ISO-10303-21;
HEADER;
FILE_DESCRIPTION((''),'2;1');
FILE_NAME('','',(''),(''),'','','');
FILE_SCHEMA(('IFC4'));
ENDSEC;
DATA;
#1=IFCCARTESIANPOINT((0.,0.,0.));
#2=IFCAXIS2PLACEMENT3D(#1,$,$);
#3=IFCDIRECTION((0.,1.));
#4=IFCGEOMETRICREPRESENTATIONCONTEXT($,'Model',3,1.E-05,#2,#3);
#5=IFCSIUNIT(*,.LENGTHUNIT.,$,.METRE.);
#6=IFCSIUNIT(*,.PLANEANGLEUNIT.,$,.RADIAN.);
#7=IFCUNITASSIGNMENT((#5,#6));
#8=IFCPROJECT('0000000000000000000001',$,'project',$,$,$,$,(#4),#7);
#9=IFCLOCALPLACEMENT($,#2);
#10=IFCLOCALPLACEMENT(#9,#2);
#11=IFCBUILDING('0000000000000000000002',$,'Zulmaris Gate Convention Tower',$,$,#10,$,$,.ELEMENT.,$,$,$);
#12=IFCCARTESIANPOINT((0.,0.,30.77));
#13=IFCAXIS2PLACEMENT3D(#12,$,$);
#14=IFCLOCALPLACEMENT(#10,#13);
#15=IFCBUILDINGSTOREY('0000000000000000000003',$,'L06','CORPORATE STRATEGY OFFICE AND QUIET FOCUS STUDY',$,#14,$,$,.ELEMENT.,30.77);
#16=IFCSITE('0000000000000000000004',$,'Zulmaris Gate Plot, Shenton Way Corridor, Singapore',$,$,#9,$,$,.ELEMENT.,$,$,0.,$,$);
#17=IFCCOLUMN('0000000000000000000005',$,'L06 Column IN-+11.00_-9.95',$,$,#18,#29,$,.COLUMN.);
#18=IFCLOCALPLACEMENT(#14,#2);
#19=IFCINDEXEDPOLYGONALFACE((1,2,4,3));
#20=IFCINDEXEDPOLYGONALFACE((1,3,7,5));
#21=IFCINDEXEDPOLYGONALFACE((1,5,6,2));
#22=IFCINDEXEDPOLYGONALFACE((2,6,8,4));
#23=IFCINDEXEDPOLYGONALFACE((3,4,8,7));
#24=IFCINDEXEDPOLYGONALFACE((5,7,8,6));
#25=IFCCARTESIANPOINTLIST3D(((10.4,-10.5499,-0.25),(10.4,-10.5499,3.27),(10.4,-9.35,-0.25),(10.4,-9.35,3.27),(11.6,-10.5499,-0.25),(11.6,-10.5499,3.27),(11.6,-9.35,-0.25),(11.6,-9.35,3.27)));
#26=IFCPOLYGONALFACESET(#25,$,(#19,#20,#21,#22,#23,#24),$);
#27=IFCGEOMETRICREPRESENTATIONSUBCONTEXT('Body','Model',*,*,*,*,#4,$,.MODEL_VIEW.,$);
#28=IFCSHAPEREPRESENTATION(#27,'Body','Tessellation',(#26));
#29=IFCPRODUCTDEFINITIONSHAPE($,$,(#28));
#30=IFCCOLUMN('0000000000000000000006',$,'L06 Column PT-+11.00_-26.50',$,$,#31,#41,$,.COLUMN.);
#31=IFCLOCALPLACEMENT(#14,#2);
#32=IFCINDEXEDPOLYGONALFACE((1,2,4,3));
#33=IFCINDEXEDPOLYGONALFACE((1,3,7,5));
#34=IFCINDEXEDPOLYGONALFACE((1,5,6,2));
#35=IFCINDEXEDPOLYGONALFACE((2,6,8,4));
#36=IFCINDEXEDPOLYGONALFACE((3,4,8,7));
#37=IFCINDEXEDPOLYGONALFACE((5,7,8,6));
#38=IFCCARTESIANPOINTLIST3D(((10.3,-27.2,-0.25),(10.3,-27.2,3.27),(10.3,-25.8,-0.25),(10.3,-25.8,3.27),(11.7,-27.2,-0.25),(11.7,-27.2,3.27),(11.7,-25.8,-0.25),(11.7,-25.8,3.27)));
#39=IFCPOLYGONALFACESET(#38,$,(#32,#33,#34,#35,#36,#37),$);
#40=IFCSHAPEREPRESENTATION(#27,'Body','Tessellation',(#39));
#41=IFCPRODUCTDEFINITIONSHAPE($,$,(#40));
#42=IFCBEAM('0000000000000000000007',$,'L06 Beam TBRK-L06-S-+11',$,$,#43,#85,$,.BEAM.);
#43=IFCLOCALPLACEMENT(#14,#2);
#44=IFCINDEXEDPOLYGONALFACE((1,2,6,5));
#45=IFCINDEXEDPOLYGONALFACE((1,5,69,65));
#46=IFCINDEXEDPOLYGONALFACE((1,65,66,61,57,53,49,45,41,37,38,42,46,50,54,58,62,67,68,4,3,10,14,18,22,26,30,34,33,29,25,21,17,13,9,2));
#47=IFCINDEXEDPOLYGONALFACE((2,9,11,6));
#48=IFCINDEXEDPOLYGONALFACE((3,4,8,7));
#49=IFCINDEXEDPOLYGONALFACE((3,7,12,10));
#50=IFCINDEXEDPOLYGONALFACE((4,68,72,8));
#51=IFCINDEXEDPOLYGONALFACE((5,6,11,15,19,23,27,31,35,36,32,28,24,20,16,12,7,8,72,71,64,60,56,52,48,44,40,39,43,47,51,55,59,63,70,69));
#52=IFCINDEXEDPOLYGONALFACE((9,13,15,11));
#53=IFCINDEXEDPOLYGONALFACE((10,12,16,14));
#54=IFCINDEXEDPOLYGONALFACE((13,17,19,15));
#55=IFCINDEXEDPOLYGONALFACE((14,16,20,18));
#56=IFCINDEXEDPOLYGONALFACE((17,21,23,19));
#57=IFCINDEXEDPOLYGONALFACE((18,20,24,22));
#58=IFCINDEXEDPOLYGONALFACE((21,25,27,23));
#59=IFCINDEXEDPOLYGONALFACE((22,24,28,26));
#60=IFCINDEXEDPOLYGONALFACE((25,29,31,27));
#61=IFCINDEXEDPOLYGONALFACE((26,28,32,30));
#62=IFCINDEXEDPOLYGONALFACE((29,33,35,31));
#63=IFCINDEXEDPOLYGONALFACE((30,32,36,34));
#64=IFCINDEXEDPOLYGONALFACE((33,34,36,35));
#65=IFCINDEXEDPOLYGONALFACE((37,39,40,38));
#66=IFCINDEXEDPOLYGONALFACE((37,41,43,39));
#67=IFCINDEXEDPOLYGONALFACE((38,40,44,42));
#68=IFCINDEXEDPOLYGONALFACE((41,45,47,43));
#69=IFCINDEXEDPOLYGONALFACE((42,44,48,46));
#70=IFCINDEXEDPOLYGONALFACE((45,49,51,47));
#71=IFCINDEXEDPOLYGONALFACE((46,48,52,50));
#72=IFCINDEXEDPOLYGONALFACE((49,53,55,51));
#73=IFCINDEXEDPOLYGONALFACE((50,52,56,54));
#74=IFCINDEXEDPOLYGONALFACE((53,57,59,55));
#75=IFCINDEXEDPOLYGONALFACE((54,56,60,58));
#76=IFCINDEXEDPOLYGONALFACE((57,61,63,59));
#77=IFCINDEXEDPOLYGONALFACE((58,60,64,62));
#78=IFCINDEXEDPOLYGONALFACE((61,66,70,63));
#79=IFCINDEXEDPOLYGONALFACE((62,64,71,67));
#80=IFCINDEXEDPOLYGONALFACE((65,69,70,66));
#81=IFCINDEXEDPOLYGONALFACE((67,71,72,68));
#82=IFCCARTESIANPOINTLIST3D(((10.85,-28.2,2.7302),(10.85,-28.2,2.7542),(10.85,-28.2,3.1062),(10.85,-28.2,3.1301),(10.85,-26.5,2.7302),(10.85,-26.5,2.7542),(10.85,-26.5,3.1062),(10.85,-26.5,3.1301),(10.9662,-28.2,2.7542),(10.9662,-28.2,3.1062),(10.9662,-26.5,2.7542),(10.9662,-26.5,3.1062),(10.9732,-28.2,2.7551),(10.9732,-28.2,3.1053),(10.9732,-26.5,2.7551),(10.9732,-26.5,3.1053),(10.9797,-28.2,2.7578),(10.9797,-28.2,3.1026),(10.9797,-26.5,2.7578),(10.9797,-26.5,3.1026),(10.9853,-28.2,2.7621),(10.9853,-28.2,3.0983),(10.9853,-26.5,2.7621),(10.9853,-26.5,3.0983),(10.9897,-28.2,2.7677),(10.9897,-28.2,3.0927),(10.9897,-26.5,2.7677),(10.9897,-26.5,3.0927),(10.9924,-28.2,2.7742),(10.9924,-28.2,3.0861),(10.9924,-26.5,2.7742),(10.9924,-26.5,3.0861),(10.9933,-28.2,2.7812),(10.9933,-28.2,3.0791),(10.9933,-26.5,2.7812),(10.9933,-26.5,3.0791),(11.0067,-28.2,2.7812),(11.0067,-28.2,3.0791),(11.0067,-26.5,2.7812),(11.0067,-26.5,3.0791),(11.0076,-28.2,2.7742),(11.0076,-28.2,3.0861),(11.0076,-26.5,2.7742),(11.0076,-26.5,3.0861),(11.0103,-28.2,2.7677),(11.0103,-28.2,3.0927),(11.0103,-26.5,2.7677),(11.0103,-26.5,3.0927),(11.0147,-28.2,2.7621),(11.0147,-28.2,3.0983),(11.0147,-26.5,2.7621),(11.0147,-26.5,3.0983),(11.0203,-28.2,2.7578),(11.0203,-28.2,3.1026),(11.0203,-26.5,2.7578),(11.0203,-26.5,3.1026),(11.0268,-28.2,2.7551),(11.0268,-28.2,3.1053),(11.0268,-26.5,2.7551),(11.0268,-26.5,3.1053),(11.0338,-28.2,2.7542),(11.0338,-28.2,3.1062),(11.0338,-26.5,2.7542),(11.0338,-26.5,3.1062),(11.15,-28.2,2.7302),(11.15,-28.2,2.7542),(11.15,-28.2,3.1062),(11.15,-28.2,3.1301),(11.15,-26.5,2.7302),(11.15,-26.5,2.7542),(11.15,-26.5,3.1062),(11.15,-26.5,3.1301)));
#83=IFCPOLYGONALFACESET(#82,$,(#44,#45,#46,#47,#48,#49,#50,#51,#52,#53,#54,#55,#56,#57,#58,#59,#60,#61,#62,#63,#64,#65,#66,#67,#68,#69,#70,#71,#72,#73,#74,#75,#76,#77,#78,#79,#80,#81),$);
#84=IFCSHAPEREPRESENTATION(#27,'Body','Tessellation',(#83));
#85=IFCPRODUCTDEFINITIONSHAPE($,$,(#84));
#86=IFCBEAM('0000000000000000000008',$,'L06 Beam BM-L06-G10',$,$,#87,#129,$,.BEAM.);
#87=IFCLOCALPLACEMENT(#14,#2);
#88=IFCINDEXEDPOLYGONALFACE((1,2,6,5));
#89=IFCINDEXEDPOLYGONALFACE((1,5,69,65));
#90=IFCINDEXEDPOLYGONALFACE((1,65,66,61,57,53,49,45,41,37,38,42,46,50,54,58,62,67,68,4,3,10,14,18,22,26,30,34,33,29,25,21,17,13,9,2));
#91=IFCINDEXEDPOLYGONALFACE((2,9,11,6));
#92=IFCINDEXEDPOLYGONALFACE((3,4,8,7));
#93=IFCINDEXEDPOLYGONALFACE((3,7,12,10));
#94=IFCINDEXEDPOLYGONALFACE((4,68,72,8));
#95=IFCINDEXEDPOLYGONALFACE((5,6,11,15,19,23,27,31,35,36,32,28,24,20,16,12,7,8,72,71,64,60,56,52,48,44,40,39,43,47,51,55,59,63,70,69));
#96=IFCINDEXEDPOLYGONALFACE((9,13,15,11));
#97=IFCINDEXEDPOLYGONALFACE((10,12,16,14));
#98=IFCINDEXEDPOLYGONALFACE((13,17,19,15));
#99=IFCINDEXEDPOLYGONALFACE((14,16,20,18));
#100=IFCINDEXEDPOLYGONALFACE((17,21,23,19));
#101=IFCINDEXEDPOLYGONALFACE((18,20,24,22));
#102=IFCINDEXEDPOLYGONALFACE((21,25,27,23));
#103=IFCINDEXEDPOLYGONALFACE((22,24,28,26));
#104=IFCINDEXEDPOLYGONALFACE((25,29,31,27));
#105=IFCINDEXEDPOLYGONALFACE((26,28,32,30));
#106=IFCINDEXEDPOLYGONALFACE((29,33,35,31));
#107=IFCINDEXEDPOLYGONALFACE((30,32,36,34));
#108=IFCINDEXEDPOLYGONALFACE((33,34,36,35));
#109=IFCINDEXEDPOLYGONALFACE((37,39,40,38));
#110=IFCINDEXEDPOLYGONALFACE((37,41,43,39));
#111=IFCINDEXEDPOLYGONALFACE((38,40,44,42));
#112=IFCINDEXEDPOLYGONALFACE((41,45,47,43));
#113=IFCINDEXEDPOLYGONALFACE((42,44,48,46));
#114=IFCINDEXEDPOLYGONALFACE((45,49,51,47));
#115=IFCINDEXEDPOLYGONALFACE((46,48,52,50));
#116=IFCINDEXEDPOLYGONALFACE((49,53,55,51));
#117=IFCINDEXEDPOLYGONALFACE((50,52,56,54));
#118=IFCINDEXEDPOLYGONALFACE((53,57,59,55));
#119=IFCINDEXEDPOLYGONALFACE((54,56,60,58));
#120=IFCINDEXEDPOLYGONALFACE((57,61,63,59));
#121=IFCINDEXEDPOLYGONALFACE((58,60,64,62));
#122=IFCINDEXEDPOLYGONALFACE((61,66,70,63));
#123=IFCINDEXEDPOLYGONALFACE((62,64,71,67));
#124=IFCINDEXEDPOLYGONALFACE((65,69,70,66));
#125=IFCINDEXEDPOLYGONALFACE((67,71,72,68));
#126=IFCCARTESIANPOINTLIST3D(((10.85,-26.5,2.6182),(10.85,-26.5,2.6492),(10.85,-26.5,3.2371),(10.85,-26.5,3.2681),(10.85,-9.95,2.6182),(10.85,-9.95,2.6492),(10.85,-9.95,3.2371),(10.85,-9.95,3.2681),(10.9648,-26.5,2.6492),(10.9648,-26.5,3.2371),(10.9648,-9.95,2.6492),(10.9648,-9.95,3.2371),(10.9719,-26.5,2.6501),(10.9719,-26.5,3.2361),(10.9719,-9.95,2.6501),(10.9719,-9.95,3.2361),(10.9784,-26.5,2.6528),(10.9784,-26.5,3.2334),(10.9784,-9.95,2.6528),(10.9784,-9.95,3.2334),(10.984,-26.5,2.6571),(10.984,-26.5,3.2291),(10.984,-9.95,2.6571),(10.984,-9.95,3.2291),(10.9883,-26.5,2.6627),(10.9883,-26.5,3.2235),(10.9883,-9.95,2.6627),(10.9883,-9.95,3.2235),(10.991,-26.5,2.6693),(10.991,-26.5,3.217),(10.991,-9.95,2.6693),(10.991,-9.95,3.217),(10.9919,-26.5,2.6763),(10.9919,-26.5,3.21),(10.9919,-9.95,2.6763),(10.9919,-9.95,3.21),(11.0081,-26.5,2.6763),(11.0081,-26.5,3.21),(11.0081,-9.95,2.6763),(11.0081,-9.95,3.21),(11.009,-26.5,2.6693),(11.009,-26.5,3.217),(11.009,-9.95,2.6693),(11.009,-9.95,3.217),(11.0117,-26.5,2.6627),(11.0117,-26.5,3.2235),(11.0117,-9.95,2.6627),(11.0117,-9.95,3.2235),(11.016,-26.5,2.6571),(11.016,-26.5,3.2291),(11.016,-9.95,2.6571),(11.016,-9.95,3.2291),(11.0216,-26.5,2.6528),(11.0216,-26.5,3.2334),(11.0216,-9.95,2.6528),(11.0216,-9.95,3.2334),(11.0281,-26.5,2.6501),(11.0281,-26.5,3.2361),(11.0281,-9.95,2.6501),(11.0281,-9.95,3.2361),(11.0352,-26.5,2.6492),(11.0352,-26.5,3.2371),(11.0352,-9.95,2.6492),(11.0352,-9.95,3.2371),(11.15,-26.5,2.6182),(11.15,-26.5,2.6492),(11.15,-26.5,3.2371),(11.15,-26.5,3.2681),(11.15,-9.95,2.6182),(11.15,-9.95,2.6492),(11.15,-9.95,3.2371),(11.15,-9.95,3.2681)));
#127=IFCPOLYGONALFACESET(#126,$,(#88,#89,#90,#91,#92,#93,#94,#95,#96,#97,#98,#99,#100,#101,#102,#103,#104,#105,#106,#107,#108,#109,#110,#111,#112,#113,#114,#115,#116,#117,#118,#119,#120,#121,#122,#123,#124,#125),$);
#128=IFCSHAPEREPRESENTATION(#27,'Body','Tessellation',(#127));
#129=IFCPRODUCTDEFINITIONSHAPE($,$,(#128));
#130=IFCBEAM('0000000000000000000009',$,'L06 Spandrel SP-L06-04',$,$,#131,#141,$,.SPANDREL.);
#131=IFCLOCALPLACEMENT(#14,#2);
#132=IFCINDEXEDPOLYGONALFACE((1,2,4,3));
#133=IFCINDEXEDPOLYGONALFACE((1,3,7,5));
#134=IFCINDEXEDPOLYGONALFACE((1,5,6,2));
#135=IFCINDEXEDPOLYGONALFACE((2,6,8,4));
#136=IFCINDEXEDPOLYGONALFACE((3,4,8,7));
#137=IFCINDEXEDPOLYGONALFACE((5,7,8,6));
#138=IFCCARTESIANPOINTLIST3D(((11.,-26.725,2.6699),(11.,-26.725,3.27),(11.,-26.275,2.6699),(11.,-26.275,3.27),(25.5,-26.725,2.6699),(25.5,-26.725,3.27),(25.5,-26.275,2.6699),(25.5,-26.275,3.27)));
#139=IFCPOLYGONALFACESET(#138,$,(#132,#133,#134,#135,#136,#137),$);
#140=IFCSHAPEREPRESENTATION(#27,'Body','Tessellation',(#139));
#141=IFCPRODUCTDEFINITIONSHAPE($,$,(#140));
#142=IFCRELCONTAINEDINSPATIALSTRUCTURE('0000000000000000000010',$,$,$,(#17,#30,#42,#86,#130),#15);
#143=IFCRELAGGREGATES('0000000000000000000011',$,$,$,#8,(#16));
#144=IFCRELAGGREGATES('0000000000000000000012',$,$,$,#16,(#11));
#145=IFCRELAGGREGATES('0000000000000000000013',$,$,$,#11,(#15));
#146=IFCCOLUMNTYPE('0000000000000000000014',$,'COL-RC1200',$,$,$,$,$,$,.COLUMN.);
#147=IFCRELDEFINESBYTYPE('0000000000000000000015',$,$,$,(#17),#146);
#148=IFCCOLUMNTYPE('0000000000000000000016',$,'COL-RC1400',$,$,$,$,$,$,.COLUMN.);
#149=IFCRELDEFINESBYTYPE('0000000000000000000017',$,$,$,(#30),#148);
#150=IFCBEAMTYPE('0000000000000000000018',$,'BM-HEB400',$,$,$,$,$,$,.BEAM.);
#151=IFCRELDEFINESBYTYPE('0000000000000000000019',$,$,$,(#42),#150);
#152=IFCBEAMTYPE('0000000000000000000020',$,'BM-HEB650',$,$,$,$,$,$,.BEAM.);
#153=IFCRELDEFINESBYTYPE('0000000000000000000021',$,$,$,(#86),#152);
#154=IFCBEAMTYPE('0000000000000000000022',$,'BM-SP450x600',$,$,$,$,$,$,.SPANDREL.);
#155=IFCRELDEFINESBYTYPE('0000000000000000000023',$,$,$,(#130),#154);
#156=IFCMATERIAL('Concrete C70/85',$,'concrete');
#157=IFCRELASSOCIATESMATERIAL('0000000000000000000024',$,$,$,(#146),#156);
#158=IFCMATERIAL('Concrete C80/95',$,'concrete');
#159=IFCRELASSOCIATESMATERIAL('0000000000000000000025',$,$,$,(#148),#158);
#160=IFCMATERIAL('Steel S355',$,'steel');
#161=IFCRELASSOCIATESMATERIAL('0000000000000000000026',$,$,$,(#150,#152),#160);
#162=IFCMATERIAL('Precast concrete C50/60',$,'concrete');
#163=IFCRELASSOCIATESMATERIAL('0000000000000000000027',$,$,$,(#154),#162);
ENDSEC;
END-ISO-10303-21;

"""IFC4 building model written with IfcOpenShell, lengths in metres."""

from ifc_helpers import new_model, si_unit, direction, frame, origin, origin_2d, place, context, subcontext, project, spatial, rectangle, i_section, extrude, material, material_profile, profile_set, type_object, element, save


model = new_model("IFC4")

# Units and contexts
model_context = context("Model", 3, precision=1e-05, world=origin(), true_north=direction((0.0, 1.0)))
body_context = subcontext(model_context, "Body", "Model", "MODEL_VIEW")
ifc_project = project(units=[si_unit("LENGTHUNIT", "METRE"), si_unit("PLANEANGLEUNIT", "RADIAN")], contexts=[model_context])

# Site, building, storey
site_placement = place(None, origin())
site = spatial("IfcSite", under=ifc_project, at=site_placement, Name="Zulmaris Gate Plot, Shenton Way Corridor, Singapore", CompositionType="ELEMENT", RefElevation=0.0)
building_placement = place(site_placement, origin())
building = spatial("IfcBuilding", under=site, at=building_placement, Name="Zulmaris Gate Convention Tower", CompositionType="ELEMENT")
storey_placement = place(building_placement, frame((0.0, 0.0, 30.77)))
storey = spatial("IfcBuildingStorey", under=building, at=storey_placement, Name="L06", Description="CORPORATE STRATEGY OFFICE AND QUIET FOCUS STUDY", CompositionType="ELEMENT", Elevation=30.77)

# Columns
ifc_material_1 = material(Name="Concrete C70/85", Category="concrete")
ifc_material_profile_1 = material_profile(ifc_material_1, rectangle(XDim=1.2, YDim=1.2, at=origin_2d()), Name="RC COL 1200x1200")
ifc_profile_set_1 = profile_set([ifc_material_profile_1], Name="Concrete C70/85")
column_type_1 = type_object("IfcColumnType", Name="COL-RC1200", PredefinedType="COLUMN", material=ifc_profile_set_1)
column_1_placement = place(storey_placement, frame((11.0, -9.95, -0.25), z_axis=(0.0, 0.0, 1.0), x_axis=(1.0, 0.0, 0.0)))
element("IfcColumn", 1, at=column_1_placement, inside=storey, type_object=column_type_1, Name="L06 Column IN-+11.00_-9.95", PredefinedType="COLUMN", context=body_context, shape_type="SweptSolid", body=[
    extrude(rectangle(XDim=1.2, YDim=1.2, at=origin_2d()), origin(), (0.0, 0.0, 1.0), 3.52),
])
ifc_material_2 = material(Name="Concrete C80/95", Category="concrete")
ifc_material_profile_2 = material_profile(ifc_material_2, rectangle(XDim=1.3999, YDim=1.3999, at=origin_2d()), Name="RC COL 1400x1400")
ifc_profile_set_2 = profile_set([ifc_material_profile_2], Name="Concrete C80/95")
column_type_2 = type_object("IfcColumnType", Name="COL-RC1400", PredefinedType="COLUMN", material=ifc_profile_set_2)
column_2_placement = place(storey_placement, frame((11.0, -26.5, -0.25), z_axis=(0.0, 0.0, 1.0), x_axis=(1.0, 0.0, 0.0)))
element("IfcColumn", 2, at=column_2_placement, inside=storey, type_object=column_type_2, Name="L06 Column PT-+11.00_-26.50", PredefinedType="COLUMN", context=body_context, shape_type="SweptSolid", body=[
    extrude(rectangle(XDim=1.3999, YDim=1.3999, at=origin_2d()), origin(), (0.0, 0.0, 1.0), 3.52),
])

# Beams
ifc_material_3 = material(Name="Steel S355", Category="steel")
ifc_material_profile_3 = material_profile(ifc_material_3, i_section(OverallWidth=0.3, OverallDepth=0.3999, WebThickness=0.0134, FlangeThickness=0.0239, FilletRadius=0.0271, at=origin_2d()), Name="HEB 400")
ifc_profile_set_3 = profile_set([ifc_material_profile_3], Name="Steel S355")
beam_type_1 = type_object("IfcBeamType", Name="BM-HEB400", PredefinedType="BEAM", material=ifc_profile_set_3)
beam_1_placement = place(storey_placement, frame((11.0, -28.2, 2.9302), z_axis=(0.0, 1.0, 0.0), x_axis=(-1.0, 0.0, 0.0)))
element("IfcBeam", 3, at=beam_1_placement, inside=storey, type_object=beam_type_1, Name="L06 Beam TBRK-L06-S-+11", PredefinedType="BEAM", context=body_context, shape_type="SweptSolid", body=[
    extrude(i_section(OverallWidth=0.3, OverallDepth=0.3999, WebThickness=0.0134, FlangeThickness=0.0239, FilletRadius=0.0271, at=origin_2d()), origin(), (0.0, 0.0, 1.0), 1.7),
])
ifc_material_profile_4 = material_profile(ifc_material_3, i_section(OverallWidth=0.3, OverallDepth=0.6499, WebThickness=0.0161, FlangeThickness=0.031, FilletRadius=0.0271, at=origin_2d()), Name="HEB 650")
ifc_profile_set_4 = profile_set([ifc_material_profile_4], Name="Steel S355")
beam_type_2 = type_object("IfcBeamType", Name="BM-HEB650", PredefinedType="BEAM", material=ifc_profile_set_4)
beam_2_placement = place(storey_placement, frame((11.0, -26.5, 2.9431), z_axis=(0.0, 1.0, 0.0), x_axis=(-1.0, 0.0, 0.0)))
element("IfcBeam", 4, at=beam_2_placement, inside=storey, type_object=beam_type_2, Name="L06 Beam BM-L06-G10", PredefinedType="BEAM", context=body_context, shape_type="SweptSolid", body=[
    extrude(i_section(OverallWidth=0.3, OverallDepth=0.6499, WebThickness=0.0161, FlangeThickness=0.031, FilletRadius=0.0271, at=origin_2d()), origin(), (0.0, 0.0, 1.0), 16.55),
])
ifc_material_4 = material(Name="Precast concrete C50/60", Category="concrete")
ifc_material_profile_5 = material_profile(ifc_material_4, rectangle(XDim=0.45, YDim=0.6001, at=origin_2d()), Name="RC SPANDREL 450x600")
ifc_profile_set_5 = profile_set([ifc_material_profile_5], Name="Precast concrete C50/60")
beam_type_3 = type_object("IfcBeamType", Name="BM-SP450x600", PredefinedType="SPANDREL", material=ifc_profile_set_5)
beam_3_placement = place(storey_placement, frame((11.0, -26.5, 2.97), z_axis=(1.0, 0.0, 0.0), x_axis=(0.0, 1.0, 0.0)))
element("IfcBeam", 5, at=beam_3_placement, inside=storey, type_object=beam_type_3, Name="L06 Spandrel SP-L06-04", PredefinedType="SPANDREL", context=body_context, shape_type="SweptSolid", body=[
    extrude(rectangle(XDim=0.45, YDim=0.6001, at=origin_2d()), origin(), (0.0, 0.0, 1.0), 14.5),
])

save(model, "model.ifc")
